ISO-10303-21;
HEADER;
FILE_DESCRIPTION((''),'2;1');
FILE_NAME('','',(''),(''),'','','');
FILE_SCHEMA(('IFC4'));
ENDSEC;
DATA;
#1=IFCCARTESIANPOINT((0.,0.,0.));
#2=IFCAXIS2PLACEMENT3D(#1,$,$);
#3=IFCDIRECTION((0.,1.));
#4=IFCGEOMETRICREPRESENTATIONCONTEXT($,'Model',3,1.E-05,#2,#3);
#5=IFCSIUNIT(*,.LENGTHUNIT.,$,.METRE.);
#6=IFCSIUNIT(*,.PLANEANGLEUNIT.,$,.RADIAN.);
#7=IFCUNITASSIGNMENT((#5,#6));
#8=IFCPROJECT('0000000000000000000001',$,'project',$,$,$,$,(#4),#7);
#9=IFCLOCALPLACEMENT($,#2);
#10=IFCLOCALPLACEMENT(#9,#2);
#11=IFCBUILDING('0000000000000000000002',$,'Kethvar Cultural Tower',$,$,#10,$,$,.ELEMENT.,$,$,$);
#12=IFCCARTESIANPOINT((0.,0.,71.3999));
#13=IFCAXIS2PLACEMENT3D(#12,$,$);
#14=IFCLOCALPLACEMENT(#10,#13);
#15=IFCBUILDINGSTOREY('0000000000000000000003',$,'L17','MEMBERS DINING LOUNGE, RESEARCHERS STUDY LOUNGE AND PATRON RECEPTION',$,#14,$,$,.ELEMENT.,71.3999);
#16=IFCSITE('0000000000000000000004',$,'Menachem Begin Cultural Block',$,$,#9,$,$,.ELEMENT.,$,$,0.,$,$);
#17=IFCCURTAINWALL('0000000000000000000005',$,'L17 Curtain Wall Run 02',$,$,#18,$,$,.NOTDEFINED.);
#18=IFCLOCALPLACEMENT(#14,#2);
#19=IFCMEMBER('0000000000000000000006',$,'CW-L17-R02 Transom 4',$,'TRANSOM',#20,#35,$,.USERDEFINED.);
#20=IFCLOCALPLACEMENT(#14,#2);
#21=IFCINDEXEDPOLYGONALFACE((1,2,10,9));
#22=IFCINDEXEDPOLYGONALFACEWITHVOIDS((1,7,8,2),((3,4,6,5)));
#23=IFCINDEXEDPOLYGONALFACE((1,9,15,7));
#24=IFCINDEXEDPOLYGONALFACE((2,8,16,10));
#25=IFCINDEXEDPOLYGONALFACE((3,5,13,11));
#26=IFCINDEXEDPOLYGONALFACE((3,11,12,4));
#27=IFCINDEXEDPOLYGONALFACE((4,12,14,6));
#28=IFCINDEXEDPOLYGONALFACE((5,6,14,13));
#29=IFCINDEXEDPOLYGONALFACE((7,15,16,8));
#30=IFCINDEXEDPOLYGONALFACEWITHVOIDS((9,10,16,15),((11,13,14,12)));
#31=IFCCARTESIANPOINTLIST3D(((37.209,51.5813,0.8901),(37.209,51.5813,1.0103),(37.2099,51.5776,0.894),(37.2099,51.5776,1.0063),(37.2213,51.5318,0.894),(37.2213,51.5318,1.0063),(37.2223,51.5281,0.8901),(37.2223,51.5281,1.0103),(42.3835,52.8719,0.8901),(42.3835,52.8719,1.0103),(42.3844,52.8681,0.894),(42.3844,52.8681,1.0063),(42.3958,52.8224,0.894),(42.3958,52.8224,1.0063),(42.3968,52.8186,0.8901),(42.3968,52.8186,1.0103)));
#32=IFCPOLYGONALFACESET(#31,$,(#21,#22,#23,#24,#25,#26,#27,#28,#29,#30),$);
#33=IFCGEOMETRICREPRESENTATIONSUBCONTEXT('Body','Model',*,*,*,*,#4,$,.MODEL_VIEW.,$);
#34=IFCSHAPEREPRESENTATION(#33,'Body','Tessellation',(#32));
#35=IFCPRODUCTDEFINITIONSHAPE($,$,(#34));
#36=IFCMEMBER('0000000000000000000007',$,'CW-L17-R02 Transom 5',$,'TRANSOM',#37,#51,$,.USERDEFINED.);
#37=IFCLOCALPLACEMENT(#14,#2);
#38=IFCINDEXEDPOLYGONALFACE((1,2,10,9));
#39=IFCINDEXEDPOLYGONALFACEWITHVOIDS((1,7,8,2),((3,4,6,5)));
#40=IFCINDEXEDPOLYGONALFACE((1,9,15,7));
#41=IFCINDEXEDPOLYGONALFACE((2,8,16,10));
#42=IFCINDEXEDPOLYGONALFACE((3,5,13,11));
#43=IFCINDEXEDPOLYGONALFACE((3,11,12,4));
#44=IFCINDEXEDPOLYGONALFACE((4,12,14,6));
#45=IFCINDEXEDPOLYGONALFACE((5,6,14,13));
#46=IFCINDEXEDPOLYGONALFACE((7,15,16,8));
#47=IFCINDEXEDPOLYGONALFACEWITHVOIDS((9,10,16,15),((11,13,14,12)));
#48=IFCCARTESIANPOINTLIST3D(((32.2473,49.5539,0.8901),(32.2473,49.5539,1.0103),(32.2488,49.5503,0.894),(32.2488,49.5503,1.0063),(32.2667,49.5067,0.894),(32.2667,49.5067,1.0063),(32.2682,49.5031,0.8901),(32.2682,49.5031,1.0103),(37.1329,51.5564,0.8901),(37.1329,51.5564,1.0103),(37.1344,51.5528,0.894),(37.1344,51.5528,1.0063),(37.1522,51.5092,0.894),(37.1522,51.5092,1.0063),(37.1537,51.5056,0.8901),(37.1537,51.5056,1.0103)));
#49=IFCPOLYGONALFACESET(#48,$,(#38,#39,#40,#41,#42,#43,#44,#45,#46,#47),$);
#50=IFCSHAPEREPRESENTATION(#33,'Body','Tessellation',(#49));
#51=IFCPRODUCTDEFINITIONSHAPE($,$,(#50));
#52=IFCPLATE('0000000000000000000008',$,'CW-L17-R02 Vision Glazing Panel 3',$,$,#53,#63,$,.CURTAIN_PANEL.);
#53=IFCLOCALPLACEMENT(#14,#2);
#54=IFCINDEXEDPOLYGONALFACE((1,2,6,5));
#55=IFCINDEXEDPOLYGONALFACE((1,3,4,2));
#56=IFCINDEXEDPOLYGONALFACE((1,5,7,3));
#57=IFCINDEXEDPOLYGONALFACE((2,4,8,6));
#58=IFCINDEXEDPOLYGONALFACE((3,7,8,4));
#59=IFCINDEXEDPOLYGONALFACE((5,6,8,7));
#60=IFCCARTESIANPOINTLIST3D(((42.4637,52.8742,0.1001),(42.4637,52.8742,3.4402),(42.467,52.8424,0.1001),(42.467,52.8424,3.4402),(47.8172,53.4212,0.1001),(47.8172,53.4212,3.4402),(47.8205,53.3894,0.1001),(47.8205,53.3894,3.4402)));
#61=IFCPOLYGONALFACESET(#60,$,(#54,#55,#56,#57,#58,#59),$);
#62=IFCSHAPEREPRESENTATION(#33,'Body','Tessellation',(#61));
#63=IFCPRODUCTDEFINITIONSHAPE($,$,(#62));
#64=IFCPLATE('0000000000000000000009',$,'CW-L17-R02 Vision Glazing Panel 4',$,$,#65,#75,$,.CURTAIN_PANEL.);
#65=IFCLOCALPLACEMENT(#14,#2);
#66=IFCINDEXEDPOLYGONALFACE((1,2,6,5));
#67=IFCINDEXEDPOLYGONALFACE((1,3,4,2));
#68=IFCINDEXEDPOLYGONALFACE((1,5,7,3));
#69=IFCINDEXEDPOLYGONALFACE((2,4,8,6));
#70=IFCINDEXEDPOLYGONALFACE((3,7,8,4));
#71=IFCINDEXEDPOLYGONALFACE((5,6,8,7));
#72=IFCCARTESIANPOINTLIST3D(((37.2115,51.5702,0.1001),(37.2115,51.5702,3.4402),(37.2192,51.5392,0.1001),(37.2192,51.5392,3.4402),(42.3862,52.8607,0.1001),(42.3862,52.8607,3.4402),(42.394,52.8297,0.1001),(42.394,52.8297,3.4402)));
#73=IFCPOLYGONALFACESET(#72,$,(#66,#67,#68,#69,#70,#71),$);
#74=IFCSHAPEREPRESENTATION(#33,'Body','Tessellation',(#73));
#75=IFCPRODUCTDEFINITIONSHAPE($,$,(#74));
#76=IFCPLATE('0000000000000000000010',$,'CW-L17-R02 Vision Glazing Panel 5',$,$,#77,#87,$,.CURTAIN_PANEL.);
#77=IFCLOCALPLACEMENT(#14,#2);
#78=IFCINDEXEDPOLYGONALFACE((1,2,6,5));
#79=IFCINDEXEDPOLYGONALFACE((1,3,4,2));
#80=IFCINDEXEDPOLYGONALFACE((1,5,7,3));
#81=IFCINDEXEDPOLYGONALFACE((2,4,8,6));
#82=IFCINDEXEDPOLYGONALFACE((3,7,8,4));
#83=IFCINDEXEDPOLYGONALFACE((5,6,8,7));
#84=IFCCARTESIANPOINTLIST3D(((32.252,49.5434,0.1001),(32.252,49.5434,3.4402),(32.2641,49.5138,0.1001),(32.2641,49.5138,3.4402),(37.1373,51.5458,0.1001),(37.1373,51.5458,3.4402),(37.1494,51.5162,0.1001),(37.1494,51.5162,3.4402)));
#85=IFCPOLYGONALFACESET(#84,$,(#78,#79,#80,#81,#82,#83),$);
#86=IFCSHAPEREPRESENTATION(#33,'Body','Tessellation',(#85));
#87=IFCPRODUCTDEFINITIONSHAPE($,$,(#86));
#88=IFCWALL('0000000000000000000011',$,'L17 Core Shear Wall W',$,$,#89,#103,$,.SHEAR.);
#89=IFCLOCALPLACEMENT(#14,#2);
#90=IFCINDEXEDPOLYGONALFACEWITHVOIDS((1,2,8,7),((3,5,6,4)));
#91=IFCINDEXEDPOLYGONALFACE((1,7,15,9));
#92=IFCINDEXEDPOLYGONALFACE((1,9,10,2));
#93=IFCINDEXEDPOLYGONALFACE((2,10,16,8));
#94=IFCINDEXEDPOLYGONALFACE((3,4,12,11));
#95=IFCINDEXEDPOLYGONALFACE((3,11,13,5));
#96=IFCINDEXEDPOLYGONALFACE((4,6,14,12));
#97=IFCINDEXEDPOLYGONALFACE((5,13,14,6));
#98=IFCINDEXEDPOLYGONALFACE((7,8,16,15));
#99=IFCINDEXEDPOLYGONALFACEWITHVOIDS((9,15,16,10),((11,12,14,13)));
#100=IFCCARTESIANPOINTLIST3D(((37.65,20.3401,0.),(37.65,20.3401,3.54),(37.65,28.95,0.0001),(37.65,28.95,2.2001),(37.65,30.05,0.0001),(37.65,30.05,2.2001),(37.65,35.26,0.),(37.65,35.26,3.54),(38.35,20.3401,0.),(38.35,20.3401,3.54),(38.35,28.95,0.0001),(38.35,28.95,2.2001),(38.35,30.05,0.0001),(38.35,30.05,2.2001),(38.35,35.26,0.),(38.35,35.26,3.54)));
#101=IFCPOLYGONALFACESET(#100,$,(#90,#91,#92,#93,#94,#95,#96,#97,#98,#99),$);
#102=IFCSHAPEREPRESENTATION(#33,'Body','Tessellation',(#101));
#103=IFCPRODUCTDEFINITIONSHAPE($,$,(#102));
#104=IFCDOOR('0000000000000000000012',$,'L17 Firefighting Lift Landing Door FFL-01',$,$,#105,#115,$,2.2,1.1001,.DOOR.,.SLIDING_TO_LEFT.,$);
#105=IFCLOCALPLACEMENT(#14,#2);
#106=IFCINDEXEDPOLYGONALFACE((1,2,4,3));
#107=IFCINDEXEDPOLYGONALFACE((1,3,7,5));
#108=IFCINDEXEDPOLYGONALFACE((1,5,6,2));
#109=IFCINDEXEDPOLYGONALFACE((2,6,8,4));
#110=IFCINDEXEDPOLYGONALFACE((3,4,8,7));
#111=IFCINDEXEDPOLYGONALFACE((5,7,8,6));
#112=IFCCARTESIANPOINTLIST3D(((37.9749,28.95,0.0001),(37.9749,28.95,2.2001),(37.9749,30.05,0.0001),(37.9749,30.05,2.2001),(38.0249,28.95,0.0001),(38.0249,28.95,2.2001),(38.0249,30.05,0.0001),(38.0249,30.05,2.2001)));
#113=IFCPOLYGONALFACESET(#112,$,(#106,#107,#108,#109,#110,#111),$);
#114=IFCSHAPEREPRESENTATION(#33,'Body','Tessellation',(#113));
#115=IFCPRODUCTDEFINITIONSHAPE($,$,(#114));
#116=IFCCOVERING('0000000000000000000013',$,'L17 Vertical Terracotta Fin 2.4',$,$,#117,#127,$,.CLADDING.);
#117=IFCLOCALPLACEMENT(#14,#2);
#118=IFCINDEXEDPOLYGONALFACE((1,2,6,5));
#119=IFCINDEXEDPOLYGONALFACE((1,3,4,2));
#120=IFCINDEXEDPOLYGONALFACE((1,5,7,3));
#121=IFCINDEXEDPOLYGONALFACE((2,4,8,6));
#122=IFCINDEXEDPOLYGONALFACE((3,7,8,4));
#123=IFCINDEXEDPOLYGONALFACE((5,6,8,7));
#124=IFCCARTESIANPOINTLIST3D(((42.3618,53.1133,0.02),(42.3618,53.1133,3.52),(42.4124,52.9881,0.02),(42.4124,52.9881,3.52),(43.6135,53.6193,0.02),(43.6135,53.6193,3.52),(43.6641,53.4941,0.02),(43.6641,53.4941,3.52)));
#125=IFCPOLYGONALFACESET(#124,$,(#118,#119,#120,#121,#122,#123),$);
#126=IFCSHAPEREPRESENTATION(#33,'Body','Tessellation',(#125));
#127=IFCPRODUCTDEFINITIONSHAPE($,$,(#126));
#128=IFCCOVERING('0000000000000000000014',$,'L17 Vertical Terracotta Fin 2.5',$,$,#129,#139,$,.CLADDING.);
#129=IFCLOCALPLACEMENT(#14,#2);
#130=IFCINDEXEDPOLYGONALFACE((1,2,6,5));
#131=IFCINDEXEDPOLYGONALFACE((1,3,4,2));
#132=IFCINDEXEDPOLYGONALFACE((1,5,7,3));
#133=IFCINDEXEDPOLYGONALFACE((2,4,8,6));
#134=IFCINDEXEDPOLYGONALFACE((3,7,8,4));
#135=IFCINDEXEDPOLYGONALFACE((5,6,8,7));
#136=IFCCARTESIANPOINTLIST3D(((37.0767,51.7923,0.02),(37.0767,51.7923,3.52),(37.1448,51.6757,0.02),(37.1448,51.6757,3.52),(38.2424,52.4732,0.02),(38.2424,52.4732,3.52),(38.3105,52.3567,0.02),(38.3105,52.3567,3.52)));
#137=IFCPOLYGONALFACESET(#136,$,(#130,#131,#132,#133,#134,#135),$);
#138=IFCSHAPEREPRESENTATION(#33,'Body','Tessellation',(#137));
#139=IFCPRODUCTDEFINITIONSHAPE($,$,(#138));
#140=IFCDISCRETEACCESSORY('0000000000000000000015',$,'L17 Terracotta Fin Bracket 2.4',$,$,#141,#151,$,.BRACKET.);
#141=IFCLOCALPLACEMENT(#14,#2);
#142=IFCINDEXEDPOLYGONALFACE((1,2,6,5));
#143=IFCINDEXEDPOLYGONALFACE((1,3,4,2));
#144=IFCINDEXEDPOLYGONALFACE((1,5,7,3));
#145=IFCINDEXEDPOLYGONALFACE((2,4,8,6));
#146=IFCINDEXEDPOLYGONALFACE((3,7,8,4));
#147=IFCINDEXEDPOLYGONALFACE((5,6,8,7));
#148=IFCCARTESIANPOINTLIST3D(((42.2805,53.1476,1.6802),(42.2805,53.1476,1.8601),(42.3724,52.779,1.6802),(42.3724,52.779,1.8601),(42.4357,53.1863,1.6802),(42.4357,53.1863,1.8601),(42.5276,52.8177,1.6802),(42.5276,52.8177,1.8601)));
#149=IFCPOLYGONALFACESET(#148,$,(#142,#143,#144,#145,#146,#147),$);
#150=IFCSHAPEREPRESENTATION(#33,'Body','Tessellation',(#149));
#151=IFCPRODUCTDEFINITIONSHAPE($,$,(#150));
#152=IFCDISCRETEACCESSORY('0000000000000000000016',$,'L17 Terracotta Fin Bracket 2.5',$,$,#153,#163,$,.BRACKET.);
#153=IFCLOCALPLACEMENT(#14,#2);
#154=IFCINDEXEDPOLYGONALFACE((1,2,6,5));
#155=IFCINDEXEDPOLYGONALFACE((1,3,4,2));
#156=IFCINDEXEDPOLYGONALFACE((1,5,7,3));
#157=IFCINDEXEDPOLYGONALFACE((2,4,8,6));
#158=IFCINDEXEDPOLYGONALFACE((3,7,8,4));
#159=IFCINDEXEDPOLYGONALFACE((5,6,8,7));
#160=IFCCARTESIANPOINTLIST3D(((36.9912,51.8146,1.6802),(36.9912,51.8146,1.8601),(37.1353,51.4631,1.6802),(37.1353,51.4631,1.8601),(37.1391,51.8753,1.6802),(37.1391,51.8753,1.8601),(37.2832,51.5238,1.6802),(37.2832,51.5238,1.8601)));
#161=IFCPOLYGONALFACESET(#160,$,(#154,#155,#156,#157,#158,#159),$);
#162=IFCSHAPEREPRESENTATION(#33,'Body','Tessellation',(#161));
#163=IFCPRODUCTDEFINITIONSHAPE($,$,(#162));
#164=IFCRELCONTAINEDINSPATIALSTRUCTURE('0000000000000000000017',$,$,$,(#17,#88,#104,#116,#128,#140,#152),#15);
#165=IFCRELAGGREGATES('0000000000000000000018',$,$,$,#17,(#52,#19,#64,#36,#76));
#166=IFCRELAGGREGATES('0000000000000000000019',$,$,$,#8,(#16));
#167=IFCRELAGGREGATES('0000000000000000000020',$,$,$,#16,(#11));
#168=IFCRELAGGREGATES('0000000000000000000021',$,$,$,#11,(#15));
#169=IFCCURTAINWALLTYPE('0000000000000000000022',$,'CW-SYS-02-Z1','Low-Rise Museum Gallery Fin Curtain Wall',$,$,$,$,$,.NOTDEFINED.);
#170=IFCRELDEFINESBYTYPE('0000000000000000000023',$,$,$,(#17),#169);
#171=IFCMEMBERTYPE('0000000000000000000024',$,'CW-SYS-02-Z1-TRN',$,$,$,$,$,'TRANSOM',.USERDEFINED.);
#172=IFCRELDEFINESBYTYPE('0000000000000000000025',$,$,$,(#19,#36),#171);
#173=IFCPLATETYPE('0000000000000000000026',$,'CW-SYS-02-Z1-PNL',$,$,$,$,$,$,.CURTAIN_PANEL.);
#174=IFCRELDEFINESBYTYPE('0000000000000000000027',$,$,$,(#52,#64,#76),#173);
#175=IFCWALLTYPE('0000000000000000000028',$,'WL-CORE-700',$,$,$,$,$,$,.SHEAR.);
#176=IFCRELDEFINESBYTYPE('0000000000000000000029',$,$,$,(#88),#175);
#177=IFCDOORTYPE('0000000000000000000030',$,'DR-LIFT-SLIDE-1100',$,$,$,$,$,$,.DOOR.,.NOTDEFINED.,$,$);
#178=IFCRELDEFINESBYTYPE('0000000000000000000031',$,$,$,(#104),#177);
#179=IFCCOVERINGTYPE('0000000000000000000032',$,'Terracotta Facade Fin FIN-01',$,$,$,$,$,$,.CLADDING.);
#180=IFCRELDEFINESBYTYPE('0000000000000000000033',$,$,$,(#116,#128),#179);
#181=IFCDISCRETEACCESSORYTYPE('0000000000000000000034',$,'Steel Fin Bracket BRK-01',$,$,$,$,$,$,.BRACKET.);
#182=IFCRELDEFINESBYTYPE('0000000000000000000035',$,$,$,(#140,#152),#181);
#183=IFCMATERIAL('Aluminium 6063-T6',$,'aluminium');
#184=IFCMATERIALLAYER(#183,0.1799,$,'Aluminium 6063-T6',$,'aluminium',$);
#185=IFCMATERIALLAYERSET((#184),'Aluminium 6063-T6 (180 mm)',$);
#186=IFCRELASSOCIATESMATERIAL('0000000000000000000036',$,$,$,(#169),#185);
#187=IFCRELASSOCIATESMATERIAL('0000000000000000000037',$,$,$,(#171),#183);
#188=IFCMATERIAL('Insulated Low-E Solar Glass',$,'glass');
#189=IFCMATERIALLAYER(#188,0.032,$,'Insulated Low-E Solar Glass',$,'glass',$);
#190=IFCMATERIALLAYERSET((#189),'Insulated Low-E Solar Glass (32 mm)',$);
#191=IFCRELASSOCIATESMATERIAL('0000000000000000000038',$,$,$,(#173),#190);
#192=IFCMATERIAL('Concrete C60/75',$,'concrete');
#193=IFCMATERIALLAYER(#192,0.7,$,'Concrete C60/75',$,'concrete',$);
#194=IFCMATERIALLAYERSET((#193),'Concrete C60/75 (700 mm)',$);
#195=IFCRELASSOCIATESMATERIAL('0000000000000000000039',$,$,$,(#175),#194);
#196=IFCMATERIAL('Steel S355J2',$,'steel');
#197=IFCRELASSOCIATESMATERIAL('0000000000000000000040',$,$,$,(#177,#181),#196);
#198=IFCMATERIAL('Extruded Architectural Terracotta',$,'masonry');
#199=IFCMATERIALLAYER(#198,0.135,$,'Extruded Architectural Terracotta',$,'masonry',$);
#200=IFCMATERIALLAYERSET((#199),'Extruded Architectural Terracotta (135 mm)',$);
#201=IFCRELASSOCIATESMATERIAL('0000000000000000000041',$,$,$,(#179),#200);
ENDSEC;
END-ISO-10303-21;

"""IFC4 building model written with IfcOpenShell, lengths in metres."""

from ifc_helpers import new_model, si_unit, direction, frame, frame_2d, origin, origin_2d, place, context, subcontext, project, spatial, rectangle, hollow_rectangle, extrude, source, transform, mapped, material, layer, layer_set, material_profile, profile_set, type_object, element, fill, aggregate, save


model = new_model("IFC4")

# Units and contexts
model_context = context("Model", 3, precision=1e-05, world=origin(), true_north=direction((0.0, 1.0)))
body_context = subcontext(model_context, "Body", "Model", "MODEL_VIEW")
ifc_project = project(units=[si_unit("LENGTHUNIT", "METRE"), si_unit("PLANEANGLEUNIT", "RADIAN")], contexts=[model_context])

# Site, building, storey
site_placement = place(None, origin())
site = spatial("IfcSite", under=ifc_project, at=site_placement, Name="Menachem Begin Cultural Block", CompositionType="ELEMENT", RefElevation=0.0)
building_placement = place(site_placement, origin())
building = spatial("IfcBuilding", under=site, at=building_placement, Name="Kethvar Cultural Tower", CompositionType="ELEMENT")
storey_placement = place(building_placement, frame((0.0, 0.0, 71.3999)))
storey = spatial("IfcBuildingStorey", under=building, at=storey_placement, Name="L17", Description="MEMBERS DINING LOUNGE, RESEARCHERS STUDY LOUNGE AND PATRON RECEPTION", CompositionType="ELEMENT", Elevation=71.3999)

# Shared definitions
ifc_material_1 = material(Name="Steel S355J2", Category="steel")

# Curtain wall, members, plates
ifc_material_2 = material(Name="Aluminium 6063-T6", Category="aluminium")
ifc_layer_1 = layer(ifc_material_2, 0.1799, Name="Aluminium 6063-T6", Category="aluminium")
ifc_layer_set_1 = layer_set([ifc_layer_1], Name="Aluminium 6063-T6 (180 mm)")
curtain_wall_type = type_object("IfcCurtainWallType", Name="CW-SYS-02-Z1", Description="Low-Rise Museum Gallery Fin Curtain Wall", PredefinedType="NOTDEFINED", material=ifc_layer_set_1)
curtain_wall_placement = place(storey_placement, origin())
curtain_wall = element("IfcCurtainWall", 1, at=curtain_wall_placement, inside=storey, type_object=curtain_wall_type, Name="L17 Curtain Wall Run 02", PredefinedType="NOTDEFINED")
ifc_material_profile_1 = material_profile(ifc_material_2, hollow_rectangle(XDim=0.0549, YDim=0.1201, WallThickness=0.0039, at=origin_2d()), Name="Aluminium 6063-T6 — RHS120x55x4")
ifc_profile_set_1 = profile_set([ifc_material_profile_1], Name="Aluminium 6063-T6 — RHS120x55x4")
member_type_1 = type_object("IfcMemberType", Name="CW-SYS-02-Z1-TRN", ElementType="TRANSOM", PredefinedType="USERDEFINED", material=ifc_profile_set_1)
shared_shape_1 = source(origin(), body_context, "Body", "SweptSolid", [
    extrude(hollow_rectangle(XDim=0.0549, YDim=0.1201, WallThickness=0.0039, at=origin_2d()), origin(), (0.0, 0.0, 1.0), 5.333),
])
member_1_placement = place(storey_placement, frame((42.3901, 52.8452, 0.9502), z_axis=(-0.97028, -0.241986, 0.0), x_axis=(0.241986, -0.97028, 0.0)))
member_1 = element("IfcMember", 2, at=member_1_placement, type_object=member_type_1, Name="CW-L17-R02 Transom 4", ObjectType="TRANSOM", PredefinedType="USERDEFINED", context=body_context, shape_type="MappedRepresentation", body=[
    mapped(shared_shape_1, transform((0.0, 0.0, 0.0), scale=1.0)),
])
shared_shape_2 = source(origin(), body_context, "Body", "SweptSolid", [
    extrude(hollow_rectangle(XDim=0.0549, YDim=0.1201, WallThickness=0.0039, at=origin_2d()), origin(), (0.0, 0.0, 1.0), 5.28),
])
member_2_placement = place(storey_placement, frame((37.1433, 51.531, 0.9502), z_axis=(-0.925293, -0.379254, 0.0), x_axis=(0.379254, -0.925293, 0.0)))
member_2 = element("IfcMember", 3, at=member_2_placement, type_object=member_type_1, Name="CW-L17-R02 Transom 5", ObjectType="TRANSOM", PredefinedType="USERDEFINED", context=body_context, shape_type="MappedRepresentation", body=[
    mapped(shared_shape_2, transform((0.0, 0.0, 0.0), scale=1.0)),
])
ifc_material_3 = material(Name="Insulated Low-E Solar Glass", Category="glass")
ifc_layer_2 = layer(ifc_material_3, 0.032, Name="Insulated Low-E Solar Glass", Category="glass")
ifc_layer_set_2 = layer_set([ifc_layer_2], Name="Insulated Low-E Solar Glass (32 mm)")
plate_type = type_object("IfcPlateType", Name="CW-SYS-02-Z1-PNL", PredefinedType="CURTAIN_PANEL", material=ifc_layer_set_2)
shared_shape_3 = source(origin(), body_context, "Body", "SweptSolid", [
    extrude(rectangle(XDim=5.3813, YDim=0.032, at=origin_2d()), origin(), (0.0, 0.0, 1.0), 3.3401),
])
plate_1_placement = place(storey_placement, frame((45.1421, 53.1318, 0.1001), z_axis=(0.0, 0.0, 1.0), x_axis=(-0.994821, -0.101647, 0.0)))
plate_1 = element("IfcPlate", 4, at=plate_1_placement, type_object=plate_type, Name="CW-L17-R02 Vision Glazing Panel 3", PredefinedType="CURTAIN_PANEL", context=body_context, shape_type="MappedRepresentation", body=[
    mapped(shared_shape_3, transform((0.0, 0.0, 0.0), scale=1.0)),
])
shared_shape_4 = source(origin(), body_context, "Body", "SweptSolid", [
    extrude(rectangle(XDim=5.3333, YDim=0.032, at=origin_2d()), origin(), (0.0, 0.0, 1.0), 3.3401),
])
plate_2_placement = place(storey_placement, frame((39.8027, 52.2, 0.1001), z_axis=(0.0, 0.0, 1.0), x_axis=(-0.970283, -0.241973, 0.0)))
plate_2 = element("IfcPlate", 5, at=plate_2_placement, type_object=plate_type, Name="CW-L17-R02 Vision Glazing Panel 4", PredefinedType="CURTAIN_PANEL", context=body_context, shape_type="MappedRepresentation", body=[
    mapped(shared_shape_4, transform((0.0, 0.0, 0.0), scale=1.0)),
])
shared_shape_5 = source(origin(), body_context, "Body", "SweptSolid", [
    extrude(rectangle(XDim=5.2798, YDim=0.032, at=origin_2d()), origin(), (0.0, 0.0, 1.0), 3.3401),
])
plate_3_placement = place(storey_placement, frame((34.7007, 50.5298, 0.1001), z_axis=(0.0, 0.0, 1.0), x_axis=(-0.925289, -0.379262, 0.0)))
plate_3 = element("IfcPlate", 6, at=plate_3_placement, type_object=plate_type, Name="CW-L17-R02 Vision Glazing Panel 5", PredefinedType="CURTAIN_PANEL", context=body_context, shape_type="MappedRepresentation", body=[
    mapped(shared_shape_5, transform((0.0, 0.0, 0.0), scale=1.0)),
])
aggregate(curtain_wall, [plate_1, member_1, plate_2, member_2, plate_3])

# Wall, opening, door
ifc_material_4 = material(Name="Concrete C60/75", Category="concrete")
ifc_layer_3 = layer(ifc_material_4, 0.7, Name="Concrete C60/75", Category="concrete")
ifc_layer_set_3 = layer_set([ifc_layer_3], Name="Concrete C60/75 (700 mm)")
wall_type = type_object("IfcWallType", Name="WL-CORE-700", PredefinedType="SHEAR", material=ifc_layer_set_3)
wall_placement = place(storey_placement, frame((38.0, 35.26, 0.0), z_axis=(0.0, 0.0, 1.0), x_axis=(0.0, -1.0, 0.0)))
wall = element("IfcWall", 7, at=wall_placement, inside=storey, type_object=wall_type, Name="L17 Core Shear Wall W", PredefinedType="SHEAR", context=body_context, shape_type="SweptSolid", body=[
    extrude(rectangle(XDim=14.9199, YDim=0.7, at=frame_2d((7.46, 0.0))), origin(), (0.0, 0.0, 1.0), 3.54),
])
opening_placement = place(wall_placement, frame((5.21, 0.0, 0.0)))
opening = element("IfcOpeningElement", 8, at=opening_placement, cuts=wall, PredefinedType="OPENING", context=body_context, shape_type="SweptSolid", body=[
    extrude(rectangle(XDim=1.1001, YDim=2.2, at=frame_2d((0.55, 1.1001))), frame((0.0, 0.3599, 0.0), z_axis=(0.0, -1.0, 0.0), x_axis=(1.0, 0.0, 0.0)), (0.0, 0.0, 1.0), 0.72),
])
door_type = type_object("IfcDoorType", Name="DR-LIFT-SLIDE-1100", OperationType="NOTDEFINED", PredefinedType="DOOR", material=ifc_material_1)
shared_shape_6 = source(origin(), body_context, "Body", "SweptSolid", [
    extrude(rectangle(XDim=1.1001, YDim=2.2, at=frame_2d((0.55, 1.1001))), frame((0.0, 0.0249, 0.0), z_axis=(0.0, -1.0, 0.0), x_axis=(1.0, 0.0, 0.0)), (0.0, 0.0, 1.0), 0.05),
])
door_placement = place(opening_placement, origin())
door = element("IfcDoor", 9, at=door_placement, inside=storey, type_object=door_type, Name="L17 Firefighting Lift Landing Door FFL-01", OperationType="SLIDING_TO_LEFT", OverallHeight=2.2, OverallWidth=1.1001, PredefinedType="DOOR", context=body_context, shape_type="MappedRepresentation", body=[
    mapped(shared_shape_6, transform((0.0, 0.0, 0.0), scale=1.0)),
])
fill(opening, door)

# Coverings
ifc_material_5 = material(Name="Extruded Architectural Terracotta", Category="masonry")
ifc_layer_4 = layer(ifc_material_5, 0.135, Name="Extruded Architectural Terracotta", Category="masonry")
ifc_layer_set_4 = layer_set([ifc_layer_4], Name="Extruded Architectural Terracotta (135 mm)")
covering_type = type_object("IfcCoveringType", Name="Terracotta Facade Fin FIN-01", PredefinedType="CLADDING", material=ifc_layer_set_4)
shared_shape_7 = source(origin(), body_context, "Body", "SweptSolid", [
    extrude(rectangle(XDim=1.3501, YDim=0.135, at=origin_2d()), origin(), (0.0, 0.0, 1.0), 3.5),
])
for number, where, z_axis, x_axis, name in (
    (10, (43.0129, 53.3037, 0.02), (0.0, 0.0, 1.0), (0.927118, 0.374768, 0.0), "L17 Vertical Terracotta Fin 2.4"),
    (11, (37.6936, 52.0745, 0.02), (0.0, 0.0, 1.0), (0.863484, 0.504377, 0.0), "L17 Vertical Terracotta Fin 2.5"),
):
    element("IfcCovering", number, at=place(storey_placement, frame(where, z_axis=z_axis, x_axis=x_axis)), inside=storey, type_object=covering_type, Name=name, PredefinedType="CLADDING", context=body_context, shape_type="MappedRepresentation", body=[
        mapped(shared_shape_7, transform((0.0, 0.0, 0.0), scale=1.0)),
    ])

# Discrete accessories
discrete_accessory_type = type_object("IfcDiscreteAccessoryType", Name="Steel Fin Bracket BRK-01", PredefinedType="BRACKET", material=ifc_material_1)
shared_shape_8 = source(origin(), body_context, "Body", "SweptSolid", [
    extrude(rectangle(XDim=0.3799, YDim=0.1599, at=origin_2d()), origin(), (0.0, 0.0, 1.0), 0.1799),
])
for number, where, z_axis, x_axis, name in (
    (12, (42.4041, 52.9827, 1.6802), (0.0, 0.0, 1.0), (-0.241922, 0.970296, 0.0), "L17 Terracotta Fin Bracket 2.4"),
    (13, (37.1372, 51.6692, 1.6802), (0.0, 0.0, 1.0), (-0.379295, 0.925276, 0.0), "L17 Terracotta Fin Bracket 2.5"),
):
    element("IfcDiscreteAccessory", number, at=place(storey_placement, frame(where, z_axis=z_axis, x_axis=x_axis)), inside=storey, type_object=discrete_accessory_type, Name=name, PredefinedType="BRACKET", context=body_context, shape_type="MappedRepresentation", body=[
        mapped(shared_shape_8, transform((0.0, 0.0, 0.0), scale=1.0)),
    ])

save(model, "model.ifc")
